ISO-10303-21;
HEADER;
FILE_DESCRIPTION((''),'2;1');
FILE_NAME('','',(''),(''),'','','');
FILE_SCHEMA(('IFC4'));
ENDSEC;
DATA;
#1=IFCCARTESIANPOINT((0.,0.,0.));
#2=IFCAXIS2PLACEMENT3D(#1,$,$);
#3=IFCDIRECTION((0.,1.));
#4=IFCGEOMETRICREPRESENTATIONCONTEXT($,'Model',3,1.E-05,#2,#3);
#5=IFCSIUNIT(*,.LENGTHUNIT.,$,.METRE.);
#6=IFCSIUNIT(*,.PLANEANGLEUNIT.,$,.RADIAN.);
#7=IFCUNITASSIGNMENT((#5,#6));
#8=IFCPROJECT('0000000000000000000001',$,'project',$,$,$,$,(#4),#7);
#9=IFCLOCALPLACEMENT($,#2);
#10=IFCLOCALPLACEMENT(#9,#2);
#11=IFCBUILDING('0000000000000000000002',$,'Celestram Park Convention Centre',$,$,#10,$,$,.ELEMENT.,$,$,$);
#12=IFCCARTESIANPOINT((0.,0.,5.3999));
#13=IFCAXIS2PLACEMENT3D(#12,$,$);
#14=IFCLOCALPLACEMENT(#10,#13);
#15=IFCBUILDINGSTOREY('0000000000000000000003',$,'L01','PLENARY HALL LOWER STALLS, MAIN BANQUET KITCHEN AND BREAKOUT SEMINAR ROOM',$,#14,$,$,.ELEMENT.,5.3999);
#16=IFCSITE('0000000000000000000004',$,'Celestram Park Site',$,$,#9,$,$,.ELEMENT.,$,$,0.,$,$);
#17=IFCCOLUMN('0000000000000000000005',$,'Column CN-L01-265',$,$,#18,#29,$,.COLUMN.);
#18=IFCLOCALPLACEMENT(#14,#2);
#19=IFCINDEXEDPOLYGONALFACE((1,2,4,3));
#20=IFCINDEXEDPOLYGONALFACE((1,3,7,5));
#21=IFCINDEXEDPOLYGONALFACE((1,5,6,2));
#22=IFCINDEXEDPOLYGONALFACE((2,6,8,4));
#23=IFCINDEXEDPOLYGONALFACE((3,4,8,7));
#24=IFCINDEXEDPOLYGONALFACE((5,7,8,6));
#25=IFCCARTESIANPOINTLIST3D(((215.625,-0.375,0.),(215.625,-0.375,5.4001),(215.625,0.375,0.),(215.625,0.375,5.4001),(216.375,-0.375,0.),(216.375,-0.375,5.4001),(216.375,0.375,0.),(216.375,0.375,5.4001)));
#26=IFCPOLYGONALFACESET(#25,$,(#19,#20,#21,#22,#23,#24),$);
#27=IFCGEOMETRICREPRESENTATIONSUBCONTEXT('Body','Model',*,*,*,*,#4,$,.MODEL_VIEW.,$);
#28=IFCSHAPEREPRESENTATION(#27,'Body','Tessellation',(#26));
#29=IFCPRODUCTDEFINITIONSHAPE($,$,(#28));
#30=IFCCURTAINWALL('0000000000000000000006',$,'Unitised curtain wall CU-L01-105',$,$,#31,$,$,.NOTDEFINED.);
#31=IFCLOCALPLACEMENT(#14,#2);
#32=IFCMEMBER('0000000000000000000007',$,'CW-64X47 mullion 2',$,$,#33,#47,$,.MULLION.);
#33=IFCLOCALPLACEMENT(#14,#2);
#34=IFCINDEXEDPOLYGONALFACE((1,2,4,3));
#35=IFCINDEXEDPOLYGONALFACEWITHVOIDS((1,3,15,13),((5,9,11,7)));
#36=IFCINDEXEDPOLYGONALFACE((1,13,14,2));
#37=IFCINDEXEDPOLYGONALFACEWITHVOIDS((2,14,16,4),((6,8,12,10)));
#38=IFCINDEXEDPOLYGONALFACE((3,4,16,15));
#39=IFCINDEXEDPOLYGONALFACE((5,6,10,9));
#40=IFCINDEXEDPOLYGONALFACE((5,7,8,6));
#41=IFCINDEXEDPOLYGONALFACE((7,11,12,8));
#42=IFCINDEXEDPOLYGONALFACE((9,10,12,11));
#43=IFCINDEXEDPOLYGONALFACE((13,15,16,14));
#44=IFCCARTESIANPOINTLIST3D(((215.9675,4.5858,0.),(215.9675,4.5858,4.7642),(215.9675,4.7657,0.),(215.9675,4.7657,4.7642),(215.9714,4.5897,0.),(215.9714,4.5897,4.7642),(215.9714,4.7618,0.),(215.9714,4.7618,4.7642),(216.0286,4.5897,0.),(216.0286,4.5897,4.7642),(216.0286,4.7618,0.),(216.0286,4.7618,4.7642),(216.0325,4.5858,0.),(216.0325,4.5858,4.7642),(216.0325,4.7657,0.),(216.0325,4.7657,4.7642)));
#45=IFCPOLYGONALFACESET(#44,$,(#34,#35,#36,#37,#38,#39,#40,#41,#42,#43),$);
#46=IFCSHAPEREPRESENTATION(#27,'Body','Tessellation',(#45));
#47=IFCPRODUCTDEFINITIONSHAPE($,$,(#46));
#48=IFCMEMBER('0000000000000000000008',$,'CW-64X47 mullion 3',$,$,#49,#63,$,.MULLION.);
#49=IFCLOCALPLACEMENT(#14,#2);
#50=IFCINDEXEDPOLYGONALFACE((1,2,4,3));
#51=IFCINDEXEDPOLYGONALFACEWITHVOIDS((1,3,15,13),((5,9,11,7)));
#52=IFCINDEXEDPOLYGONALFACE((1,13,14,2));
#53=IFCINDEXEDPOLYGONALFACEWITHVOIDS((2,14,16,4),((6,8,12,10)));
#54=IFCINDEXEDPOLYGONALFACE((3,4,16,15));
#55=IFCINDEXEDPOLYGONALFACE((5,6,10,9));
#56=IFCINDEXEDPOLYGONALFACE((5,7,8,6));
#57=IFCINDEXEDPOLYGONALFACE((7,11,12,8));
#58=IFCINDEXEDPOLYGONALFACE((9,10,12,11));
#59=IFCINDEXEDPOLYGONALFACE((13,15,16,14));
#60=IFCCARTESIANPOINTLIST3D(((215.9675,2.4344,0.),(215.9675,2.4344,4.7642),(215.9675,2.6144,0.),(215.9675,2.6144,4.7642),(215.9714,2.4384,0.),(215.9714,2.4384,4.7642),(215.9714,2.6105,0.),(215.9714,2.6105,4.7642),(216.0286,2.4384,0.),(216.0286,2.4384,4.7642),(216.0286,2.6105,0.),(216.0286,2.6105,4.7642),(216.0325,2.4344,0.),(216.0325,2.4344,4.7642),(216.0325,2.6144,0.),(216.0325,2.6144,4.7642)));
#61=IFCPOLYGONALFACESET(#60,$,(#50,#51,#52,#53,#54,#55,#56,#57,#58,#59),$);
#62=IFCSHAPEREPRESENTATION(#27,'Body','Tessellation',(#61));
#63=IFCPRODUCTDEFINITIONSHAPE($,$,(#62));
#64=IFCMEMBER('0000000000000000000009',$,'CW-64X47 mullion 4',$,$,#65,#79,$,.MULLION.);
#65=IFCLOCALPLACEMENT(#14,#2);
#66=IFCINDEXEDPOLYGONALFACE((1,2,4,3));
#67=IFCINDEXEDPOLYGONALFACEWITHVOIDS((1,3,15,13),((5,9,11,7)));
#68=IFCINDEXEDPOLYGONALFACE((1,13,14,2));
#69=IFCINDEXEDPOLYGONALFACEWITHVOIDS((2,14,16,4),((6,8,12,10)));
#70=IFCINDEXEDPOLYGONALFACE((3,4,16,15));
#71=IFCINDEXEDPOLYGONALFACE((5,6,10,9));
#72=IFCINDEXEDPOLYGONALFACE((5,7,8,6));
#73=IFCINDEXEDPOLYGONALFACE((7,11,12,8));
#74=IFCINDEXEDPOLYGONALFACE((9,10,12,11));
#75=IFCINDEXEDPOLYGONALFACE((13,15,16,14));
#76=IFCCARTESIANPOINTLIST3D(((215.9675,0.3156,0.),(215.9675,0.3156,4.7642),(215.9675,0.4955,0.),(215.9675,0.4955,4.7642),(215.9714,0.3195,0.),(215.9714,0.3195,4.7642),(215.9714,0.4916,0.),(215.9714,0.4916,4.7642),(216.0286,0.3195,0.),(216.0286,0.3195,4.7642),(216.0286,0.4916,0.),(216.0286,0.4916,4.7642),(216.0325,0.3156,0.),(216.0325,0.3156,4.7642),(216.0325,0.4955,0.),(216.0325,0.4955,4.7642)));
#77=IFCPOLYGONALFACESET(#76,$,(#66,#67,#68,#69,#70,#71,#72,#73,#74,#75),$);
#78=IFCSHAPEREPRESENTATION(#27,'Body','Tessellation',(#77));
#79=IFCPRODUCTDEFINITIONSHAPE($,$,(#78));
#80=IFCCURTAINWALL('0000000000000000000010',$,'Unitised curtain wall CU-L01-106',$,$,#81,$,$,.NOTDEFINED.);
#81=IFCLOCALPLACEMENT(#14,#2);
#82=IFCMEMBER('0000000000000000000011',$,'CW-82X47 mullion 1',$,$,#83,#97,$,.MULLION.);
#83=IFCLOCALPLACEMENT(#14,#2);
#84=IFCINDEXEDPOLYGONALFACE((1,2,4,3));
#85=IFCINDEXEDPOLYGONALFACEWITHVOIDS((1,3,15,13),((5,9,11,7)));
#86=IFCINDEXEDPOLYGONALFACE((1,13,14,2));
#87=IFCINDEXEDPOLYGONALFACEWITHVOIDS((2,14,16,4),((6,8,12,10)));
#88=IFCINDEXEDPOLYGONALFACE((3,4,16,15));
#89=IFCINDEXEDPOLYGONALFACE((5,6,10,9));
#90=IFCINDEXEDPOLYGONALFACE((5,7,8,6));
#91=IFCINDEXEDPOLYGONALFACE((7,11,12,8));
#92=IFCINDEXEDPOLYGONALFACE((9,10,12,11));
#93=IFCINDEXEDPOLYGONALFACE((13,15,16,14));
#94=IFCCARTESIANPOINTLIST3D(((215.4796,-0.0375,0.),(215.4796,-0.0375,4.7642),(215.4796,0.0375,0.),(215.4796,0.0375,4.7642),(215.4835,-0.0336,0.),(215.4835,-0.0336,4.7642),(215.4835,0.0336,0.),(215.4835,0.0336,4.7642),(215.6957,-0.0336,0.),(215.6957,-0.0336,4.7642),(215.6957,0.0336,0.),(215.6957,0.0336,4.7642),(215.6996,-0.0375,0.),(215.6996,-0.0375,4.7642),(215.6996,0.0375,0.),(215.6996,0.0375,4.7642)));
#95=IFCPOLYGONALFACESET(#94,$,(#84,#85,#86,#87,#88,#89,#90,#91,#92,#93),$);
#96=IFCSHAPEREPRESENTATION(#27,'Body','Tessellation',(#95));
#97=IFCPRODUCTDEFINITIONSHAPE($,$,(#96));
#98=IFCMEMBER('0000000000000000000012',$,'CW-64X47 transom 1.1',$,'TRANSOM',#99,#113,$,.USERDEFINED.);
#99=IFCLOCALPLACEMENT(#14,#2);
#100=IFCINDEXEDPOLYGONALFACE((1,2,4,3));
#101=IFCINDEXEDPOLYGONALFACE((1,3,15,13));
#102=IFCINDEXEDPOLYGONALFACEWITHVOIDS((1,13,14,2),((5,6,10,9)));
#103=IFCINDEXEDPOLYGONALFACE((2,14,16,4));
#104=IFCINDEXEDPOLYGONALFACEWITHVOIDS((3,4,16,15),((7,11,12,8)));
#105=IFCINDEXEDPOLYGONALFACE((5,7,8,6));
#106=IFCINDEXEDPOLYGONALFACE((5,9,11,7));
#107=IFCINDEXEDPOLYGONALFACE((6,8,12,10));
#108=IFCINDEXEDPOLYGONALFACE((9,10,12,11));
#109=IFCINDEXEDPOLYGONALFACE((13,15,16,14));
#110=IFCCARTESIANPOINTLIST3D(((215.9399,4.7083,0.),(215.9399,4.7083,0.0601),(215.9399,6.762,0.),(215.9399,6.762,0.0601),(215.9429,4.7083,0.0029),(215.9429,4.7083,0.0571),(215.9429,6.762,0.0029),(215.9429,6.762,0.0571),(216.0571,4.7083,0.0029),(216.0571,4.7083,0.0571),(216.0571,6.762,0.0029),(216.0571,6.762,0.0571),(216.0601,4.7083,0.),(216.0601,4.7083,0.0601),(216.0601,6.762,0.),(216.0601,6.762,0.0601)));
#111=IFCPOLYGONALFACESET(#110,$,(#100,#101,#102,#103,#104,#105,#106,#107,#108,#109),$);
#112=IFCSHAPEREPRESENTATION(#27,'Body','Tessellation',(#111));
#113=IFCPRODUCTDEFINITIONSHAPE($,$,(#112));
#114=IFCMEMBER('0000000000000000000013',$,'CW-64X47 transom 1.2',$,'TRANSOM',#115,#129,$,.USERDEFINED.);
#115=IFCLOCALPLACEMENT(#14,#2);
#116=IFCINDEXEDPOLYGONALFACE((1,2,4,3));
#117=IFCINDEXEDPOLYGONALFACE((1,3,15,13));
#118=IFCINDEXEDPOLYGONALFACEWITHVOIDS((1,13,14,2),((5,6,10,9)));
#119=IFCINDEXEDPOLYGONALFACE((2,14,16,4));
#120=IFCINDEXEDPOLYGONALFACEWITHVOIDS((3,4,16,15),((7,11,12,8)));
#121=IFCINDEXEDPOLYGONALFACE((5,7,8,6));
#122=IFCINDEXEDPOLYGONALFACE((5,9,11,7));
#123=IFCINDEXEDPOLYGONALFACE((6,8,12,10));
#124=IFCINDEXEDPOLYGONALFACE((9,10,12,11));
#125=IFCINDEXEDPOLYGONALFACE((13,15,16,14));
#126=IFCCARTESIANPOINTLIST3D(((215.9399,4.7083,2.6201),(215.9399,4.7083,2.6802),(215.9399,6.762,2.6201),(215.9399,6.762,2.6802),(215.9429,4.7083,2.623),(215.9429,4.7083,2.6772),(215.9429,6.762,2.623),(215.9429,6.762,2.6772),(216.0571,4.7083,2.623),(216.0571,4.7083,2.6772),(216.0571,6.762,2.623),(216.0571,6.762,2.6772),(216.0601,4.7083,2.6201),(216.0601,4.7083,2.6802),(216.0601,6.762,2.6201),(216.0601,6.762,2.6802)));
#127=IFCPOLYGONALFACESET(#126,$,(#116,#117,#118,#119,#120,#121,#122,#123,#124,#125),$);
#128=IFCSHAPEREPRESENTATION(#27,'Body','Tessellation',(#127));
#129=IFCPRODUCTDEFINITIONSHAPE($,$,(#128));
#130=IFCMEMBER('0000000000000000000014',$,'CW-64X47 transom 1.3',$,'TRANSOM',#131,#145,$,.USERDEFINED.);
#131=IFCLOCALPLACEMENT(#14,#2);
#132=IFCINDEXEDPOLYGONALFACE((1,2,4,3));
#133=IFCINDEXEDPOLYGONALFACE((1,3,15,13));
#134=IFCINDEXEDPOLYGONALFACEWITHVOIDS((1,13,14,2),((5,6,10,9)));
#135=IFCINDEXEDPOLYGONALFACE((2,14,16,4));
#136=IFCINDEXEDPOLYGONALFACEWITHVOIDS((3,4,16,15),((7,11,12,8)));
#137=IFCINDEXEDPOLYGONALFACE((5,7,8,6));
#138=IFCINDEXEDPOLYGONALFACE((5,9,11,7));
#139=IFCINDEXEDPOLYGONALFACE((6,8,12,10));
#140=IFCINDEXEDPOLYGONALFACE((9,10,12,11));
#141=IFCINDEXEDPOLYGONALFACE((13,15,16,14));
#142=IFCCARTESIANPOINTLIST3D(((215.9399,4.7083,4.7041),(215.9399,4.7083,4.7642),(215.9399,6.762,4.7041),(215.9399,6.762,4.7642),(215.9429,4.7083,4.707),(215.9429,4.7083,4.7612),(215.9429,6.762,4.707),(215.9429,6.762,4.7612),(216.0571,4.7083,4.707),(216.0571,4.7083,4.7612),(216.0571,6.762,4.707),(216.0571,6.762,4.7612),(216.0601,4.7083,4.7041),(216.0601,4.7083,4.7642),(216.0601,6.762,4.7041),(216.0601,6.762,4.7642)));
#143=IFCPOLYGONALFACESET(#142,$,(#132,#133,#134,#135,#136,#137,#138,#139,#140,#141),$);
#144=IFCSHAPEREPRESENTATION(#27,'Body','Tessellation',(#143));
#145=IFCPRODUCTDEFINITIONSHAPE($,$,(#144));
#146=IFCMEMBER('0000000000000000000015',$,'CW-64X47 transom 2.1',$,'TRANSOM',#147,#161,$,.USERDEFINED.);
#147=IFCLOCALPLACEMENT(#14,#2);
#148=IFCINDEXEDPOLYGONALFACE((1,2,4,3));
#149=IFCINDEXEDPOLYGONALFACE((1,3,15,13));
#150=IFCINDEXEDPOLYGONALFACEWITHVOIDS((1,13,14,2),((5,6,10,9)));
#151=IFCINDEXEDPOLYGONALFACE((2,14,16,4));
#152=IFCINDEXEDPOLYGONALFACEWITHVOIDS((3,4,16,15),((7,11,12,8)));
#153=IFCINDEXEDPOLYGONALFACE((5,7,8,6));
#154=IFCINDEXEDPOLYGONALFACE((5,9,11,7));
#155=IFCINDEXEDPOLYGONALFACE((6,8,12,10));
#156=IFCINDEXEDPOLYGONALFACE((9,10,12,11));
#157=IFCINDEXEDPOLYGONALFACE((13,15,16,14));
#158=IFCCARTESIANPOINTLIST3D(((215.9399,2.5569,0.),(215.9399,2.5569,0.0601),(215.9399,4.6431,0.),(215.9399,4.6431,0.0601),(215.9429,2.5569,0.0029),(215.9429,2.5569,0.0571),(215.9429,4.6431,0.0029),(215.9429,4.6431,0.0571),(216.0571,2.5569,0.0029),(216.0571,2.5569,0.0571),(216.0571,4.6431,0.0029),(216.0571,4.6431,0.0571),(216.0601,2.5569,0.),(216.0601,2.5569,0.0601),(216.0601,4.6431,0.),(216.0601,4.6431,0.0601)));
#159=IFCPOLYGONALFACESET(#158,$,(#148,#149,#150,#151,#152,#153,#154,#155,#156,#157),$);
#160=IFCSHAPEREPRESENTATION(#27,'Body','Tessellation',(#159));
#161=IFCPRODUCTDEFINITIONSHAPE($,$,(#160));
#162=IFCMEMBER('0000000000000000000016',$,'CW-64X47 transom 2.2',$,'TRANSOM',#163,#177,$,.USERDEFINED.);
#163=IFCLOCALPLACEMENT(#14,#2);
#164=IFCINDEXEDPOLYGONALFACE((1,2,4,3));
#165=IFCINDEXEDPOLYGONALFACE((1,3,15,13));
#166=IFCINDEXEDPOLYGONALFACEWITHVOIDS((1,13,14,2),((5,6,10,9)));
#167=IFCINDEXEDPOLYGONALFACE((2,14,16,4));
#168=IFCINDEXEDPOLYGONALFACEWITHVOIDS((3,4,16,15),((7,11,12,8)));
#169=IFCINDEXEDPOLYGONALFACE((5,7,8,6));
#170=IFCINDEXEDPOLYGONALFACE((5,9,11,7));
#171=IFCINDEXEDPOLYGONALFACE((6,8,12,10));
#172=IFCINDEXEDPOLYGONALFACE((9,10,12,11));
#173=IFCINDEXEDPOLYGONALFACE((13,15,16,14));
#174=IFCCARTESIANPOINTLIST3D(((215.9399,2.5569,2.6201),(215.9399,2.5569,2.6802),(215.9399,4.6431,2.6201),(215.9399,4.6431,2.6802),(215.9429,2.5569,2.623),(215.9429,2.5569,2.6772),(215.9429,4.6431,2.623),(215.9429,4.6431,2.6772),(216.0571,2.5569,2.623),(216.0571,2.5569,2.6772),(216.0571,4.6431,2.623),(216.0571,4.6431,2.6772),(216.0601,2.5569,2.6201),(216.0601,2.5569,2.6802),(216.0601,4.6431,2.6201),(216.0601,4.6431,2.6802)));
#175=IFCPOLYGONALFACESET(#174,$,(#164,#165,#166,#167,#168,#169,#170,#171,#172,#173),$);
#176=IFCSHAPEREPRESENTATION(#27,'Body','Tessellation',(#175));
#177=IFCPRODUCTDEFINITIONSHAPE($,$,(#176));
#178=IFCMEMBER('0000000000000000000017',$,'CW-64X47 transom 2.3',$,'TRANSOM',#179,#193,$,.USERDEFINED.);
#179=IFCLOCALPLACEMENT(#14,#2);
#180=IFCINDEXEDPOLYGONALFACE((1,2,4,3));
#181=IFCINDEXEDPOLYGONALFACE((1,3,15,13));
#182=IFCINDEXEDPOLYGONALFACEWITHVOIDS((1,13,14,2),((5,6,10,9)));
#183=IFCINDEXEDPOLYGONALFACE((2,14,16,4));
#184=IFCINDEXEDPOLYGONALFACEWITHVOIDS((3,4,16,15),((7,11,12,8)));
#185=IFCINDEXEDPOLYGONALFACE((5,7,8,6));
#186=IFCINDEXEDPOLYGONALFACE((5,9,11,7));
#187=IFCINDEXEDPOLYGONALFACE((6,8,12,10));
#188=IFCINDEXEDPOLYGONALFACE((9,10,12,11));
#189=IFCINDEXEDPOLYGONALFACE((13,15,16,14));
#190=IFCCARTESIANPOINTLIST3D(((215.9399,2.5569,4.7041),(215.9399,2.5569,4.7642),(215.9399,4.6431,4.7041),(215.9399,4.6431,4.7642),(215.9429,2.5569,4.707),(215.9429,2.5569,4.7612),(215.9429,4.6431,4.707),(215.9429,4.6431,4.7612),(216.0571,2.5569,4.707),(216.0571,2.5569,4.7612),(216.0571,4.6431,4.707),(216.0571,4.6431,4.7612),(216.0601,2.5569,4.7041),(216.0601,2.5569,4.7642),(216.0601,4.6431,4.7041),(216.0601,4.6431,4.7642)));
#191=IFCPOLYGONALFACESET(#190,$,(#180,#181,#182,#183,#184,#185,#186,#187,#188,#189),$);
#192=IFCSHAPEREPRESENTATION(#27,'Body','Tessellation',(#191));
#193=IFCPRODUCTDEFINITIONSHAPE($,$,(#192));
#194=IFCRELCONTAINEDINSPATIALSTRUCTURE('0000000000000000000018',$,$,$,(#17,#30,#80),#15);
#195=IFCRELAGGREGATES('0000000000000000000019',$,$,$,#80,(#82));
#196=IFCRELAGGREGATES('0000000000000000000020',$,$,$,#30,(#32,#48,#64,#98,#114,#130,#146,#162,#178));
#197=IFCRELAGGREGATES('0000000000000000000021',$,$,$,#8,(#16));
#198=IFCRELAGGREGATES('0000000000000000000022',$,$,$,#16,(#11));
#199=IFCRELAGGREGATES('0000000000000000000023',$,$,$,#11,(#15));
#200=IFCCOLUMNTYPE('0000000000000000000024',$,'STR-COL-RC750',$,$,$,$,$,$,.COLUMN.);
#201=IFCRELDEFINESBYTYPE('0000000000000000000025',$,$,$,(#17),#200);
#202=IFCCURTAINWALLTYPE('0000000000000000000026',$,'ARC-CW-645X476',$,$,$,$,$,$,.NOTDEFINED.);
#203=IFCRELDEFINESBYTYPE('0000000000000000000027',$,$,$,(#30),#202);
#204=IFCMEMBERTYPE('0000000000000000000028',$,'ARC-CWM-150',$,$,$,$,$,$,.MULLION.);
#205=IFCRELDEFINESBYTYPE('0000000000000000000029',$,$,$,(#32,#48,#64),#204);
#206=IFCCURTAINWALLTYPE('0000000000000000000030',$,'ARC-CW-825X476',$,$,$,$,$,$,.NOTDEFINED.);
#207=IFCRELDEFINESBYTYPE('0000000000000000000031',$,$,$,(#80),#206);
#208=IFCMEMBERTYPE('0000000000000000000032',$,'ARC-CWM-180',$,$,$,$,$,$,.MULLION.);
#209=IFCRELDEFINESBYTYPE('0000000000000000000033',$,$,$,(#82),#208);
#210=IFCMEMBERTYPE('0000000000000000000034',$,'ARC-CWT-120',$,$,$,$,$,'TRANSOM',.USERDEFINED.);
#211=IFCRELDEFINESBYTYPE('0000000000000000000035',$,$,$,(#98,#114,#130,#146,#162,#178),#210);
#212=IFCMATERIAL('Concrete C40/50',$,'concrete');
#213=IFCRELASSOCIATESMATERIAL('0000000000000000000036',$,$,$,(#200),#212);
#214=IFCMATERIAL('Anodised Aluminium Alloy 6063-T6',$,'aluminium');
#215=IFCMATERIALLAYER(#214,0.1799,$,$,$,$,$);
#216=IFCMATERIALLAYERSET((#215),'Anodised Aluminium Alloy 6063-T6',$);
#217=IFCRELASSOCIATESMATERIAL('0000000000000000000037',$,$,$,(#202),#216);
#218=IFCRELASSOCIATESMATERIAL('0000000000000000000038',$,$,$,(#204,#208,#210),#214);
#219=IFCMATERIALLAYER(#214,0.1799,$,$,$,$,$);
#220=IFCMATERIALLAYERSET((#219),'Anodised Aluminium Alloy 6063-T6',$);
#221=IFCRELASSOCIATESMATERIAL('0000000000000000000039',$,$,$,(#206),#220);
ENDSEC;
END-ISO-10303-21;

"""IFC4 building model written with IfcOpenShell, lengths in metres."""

from ifc_helpers import new_model, si_unit, direction, frame, origin, origin_2d, place, context, subcontext, project, spatial, rectangle, hollow_rectangle, extrude, material, layer, layer_set, material_profile, profile_set, type_object, element, aggregate, save


model = new_model("IFC4")

# Units and contexts
model_context = context("Model", 3, precision=1e-05, world=origin(), true_north=direction((0.0, 1.0)))
body_context = subcontext(model_context, "Body", "Model", "MODEL_VIEW")
ifc_project = project(units=[si_unit("LENGTHUNIT", "METRE"), si_unit("PLANEANGLEUNIT", "RADIAN")], contexts=[model_context])

# Site, building, storey
site_placement = place(None, origin())
site = spatial("IfcSite", under=ifc_project, at=site_placement, Name="Celestram Park Site", CompositionType="ELEMENT", RefElevation=0.0)
building_placement = place(site_placement, origin())
building = spatial("IfcBuilding", under=site, at=building_placement, Name="Celestram Park Convention Centre", CompositionType="ELEMENT")
storey_placement = place(building_placement, frame((0.0, 0.0, 5.3999)))
storey = spatial("IfcBuildingStorey", under=building, at=storey_placement, Name="L01", Description="PLENARY HALL LOWER STALLS, MAIN BANQUET KITCHEN AND BREAKOUT SEMINAR ROOM", CompositionType="ELEMENT", Elevation=5.3999)

# Column
ifc_material_1 = material(Name="Concrete C40/50", Category="concrete")
ifc_material_profile_1 = material_profile(ifc_material_1, rectangle(XDim=0.75, YDim=0.75, at=origin_2d()), Name="RC750X750")
ifc_profile_set_1 = profile_set([ifc_material_profile_1], Name="Concrete C40/50")
column_type = type_object("IfcColumnType", Name="STR-COL-RC750", PredefinedType="COLUMN", material=ifc_profile_set_1)
column_placement = place(storey_placement, frame((216.0, 0.0, 0.0), z_axis=(0.0, 0.0, 1.0), x_axis=(1.0, 0.0, 0.0)))
element("IfcColumn", 1, at=column_placement, inside=storey, type_object=column_type, Name="Column CN-L01-265", PredefinedType="COLUMN", context=body_context, shape_type="SweptSolid", body=[
    extrude(rectangle(XDim=0.75, YDim=0.75, at=origin_2d()), origin(), (0.0, 0.0, 1.0), 5.4001),
])

# Curtain wall, members
ifc_material_2 = material(Name="Anodised Aluminium Alloy 6063-T6", Category="aluminium")
ifc_layer_1 = layer(ifc_material_2, 0.1799)
ifc_layer_set_1 = layer_set([ifc_layer_1], Name="Anodised Aluminium Alloy 6063-T6")
curtain_wall_type_1 = type_object("IfcCurtainWallType", Name="ARC-CW-645X476", PredefinedType="NOTDEFINED", material=ifc_layer_set_1)
curtain_wall_1_placement = place(storey_placement, origin())
curtain_wall_1 = element("IfcCurtainWall", 2, at=curtain_wall_1_placement, inside=storey, type_object=curtain_wall_type_1, Name="Unitised curtain wall CU-L01-105", PredefinedType="NOTDEFINED")
ifc_material_profile_2 = material_profile(ifc_material_2, hollow_rectangle(XDim=0.0649, YDim=0.1799, WallThickness=0.0039, at=origin_2d()), Name="ALU65X180X4")
ifc_profile_set_2 = profile_set([ifc_material_profile_2], Name="Anodised Aluminium Alloy 6063-T6")
member_type_1 = type_object("IfcMemberType", Name="ARC-CWM-150", PredefinedType="MULLION", material=ifc_profile_set_2)
member_1_placement = place(storey_placement, frame((216.0, 4.6758, 0.0), z_axis=(0.0, 0.0, 1.0), x_axis=(1.0, 0.0, 0.0)))
member_1 = element("IfcMember", 3, at=member_1_placement, type_object=member_type_1, Name="CW-64X47 mullion 2", PredefinedType="MULLION", context=body_context, shape_type="SweptSolid", body=[
    extrude(hollow_rectangle(XDim=0.0649, YDim=0.1799, WallThickness=0.0039, at=origin_2d()), origin(), (0.0, 0.0, 1.0), 4.7642),
])
member_2_placement = place(storey_placement, frame((216.0, 2.5244, 0.0), z_axis=(0.0, 0.0, 1.0), x_axis=(1.0, 0.0, 0.0)))
member_2 = element("IfcMember", 4, at=member_2_placement, type_object=member_type_1, Name="CW-64X47 mullion 3", PredefinedType="MULLION", context=body_context, shape_type="SweptSolid", body=[
    extrude(hollow_rectangle(XDim=0.0649, YDim=0.1799, WallThickness=0.0039, at=origin_2d()), origin(), (0.0, 0.0, 1.0), 4.7642),
])
member_3_placement = place(storey_placement, frame((216.0, 0.4055, 0.0), z_axis=(0.0, 0.0, 1.0), x_axis=(1.0, 0.0, 0.0)))
member_3 = element("IfcMember", 5, at=member_3_placement, type_object=member_type_1, Name="CW-64X47 mullion 4", PredefinedType="MULLION", context=body_context, shape_type="SweptSolid", body=[
    extrude(hollow_rectangle(XDim=0.0649, YDim=0.1799, WallThickness=0.0039, at=origin_2d()), origin(), (0.0, 0.0, 1.0), 4.7642),
])

# Curtain wall, member
ifc_layer_2 = layer(ifc_material_2, 0.1799)
ifc_layer_set_2 = layer_set([ifc_layer_2], Name="Anodised Aluminium Alloy 6063-T6")
curtain_wall_type_2 = type_object("IfcCurtainWallType", Name="ARC-CW-825X476", PredefinedType="NOTDEFINED", material=ifc_layer_set_2)
curtain_wall_2_placement = place(storey_placement, origin())
curtain_wall_2 = element("IfcCurtainWall", 6, at=curtain_wall_2_placement, inside=storey, type_object=curtain_wall_type_2, Name="Unitised curtain wall CU-L01-106", PredefinedType="NOTDEFINED")
ifc_material_profile_3 = material_profile(ifc_material_2, hollow_rectangle(XDim=0.075, YDim=0.22, WallThickness=0.0039, at=origin_2d()), Name="ALU75X220X4")
ifc_profile_set_3 = profile_set([ifc_material_profile_3], Name="Anodised Aluminium Alloy 6063-T6")
member_type_2 = type_object("IfcMemberType", Name="ARC-CWM-180", PredefinedType="MULLION", material=ifc_profile_set_3)
member_4_placement = place(storey_placement, frame((215.5896, 0.0, 0.0), z_axis=(0.0, 0.0, 1.0), x_axis=(0.0, -1.0, 0.0)))
member_4 = element("IfcMember", 7, at=member_4_placement, type_object=member_type_2, Name="CW-82X47 mullion 1", PredefinedType="MULLION", context=body_context, shape_type="SweptSolid", body=[
    extrude(hollow_rectangle(XDim=0.075, YDim=0.22, WallThickness=0.0039, at=origin_2d()), origin(), (0.0, 0.0, 1.0), 4.7642),
])

# Members
ifc_material_profile_4 = material_profile(ifc_material_2, hollow_rectangle(XDim=0.1201, YDim=0.0601, WallThickness=0.0029, at=origin_2d()), Name="ALU120X60X3")
ifc_profile_set_4 = profile_set([ifc_material_profile_4], Name="Anodised Aluminium Alloy 6063-T6")
member_type_3 = type_object("IfcMemberType", Name="ARC-CWT-120", ElementType="TRANSOM", PredefinedType="USERDEFINED", material=ifc_profile_set_4)
member_5_placement = place(storey_placement, frame((216.0, 6.762, 0.03), z_axis=(0.0, -1.0, 0.0), x_axis=(1.0, 0.0, 0.0)))
member_5 = element("IfcMember", 8, at=member_5_placement, type_object=member_type_3, Name="CW-64X47 transom 1.1", ObjectType="TRANSOM", PredefinedType="USERDEFINED", context=body_context, shape_type="SweptSolid", body=[
    extrude(hollow_rectangle(XDim=0.1201, YDim=0.0601, WallThickness=0.0029, at=origin_2d()), origin(), (0.0, 0.0, 1.0), 2.0537),
])
member_6_placement = place(storey_placement, frame((216.0, 6.762, 2.6501), z_axis=(0.0, -1.0, 0.0), x_axis=(1.0, 0.0, 0.0)))
member_6 = element("IfcMember", 9, at=member_6_placement, type_object=member_type_3, Name="CW-64X47 transom 1.2", ObjectType="TRANSOM", PredefinedType="USERDEFINED", context=body_context, shape_type="SweptSolid", body=[
    extrude(hollow_rectangle(XDim=0.1201, YDim=0.0601, WallThickness=0.0029, at=origin_2d()), origin(), (0.0, 0.0, 1.0), 2.0537),
])
member_7_placement = place(storey_placement, frame((216.0, 6.762, 4.7341), z_axis=(0.0, -1.0, 0.0), x_axis=(1.0, 0.0, 0.0)))
member_7 = element("IfcMember", 10, at=member_7_placement, type_object=member_type_3, Name="CW-64X47 transom 1.3", ObjectType="TRANSOM", PredefinedType="USERDEFINED", context=body_context, shape_type="SweptSolid", body=[
    extrude(hollow_rectangle(XDim=0.1201, YDim=0.0601, WallThickness=0.0029, at=origin_2d()), origin(), (0.0, 0.0, 1.0), 2.0537),
])
member_8_placement = place(storey_placement, frame((216.0, 4.6431, 0.03), z_axis=(0.0, -1.0, 0.0), x_axis=(1.0, 0.0, 0.0)))
member_8 = element("IfcMember", 11, at=member_8_placement, type_object=member_type_3, Name="CW-64X47 transom 2.1", ObjectType="TRANSOM", PredefinedType="USERDEFINED", context=body_context, shape_type="SweptSolid", body=[
    extrude(hollow_rectangle(XDim=0.1201, YDim=0.0601, WallThickness=0.0029, at=origin_2d()), origin(), (0.0, 0.0, 1.0), 2.0862),
])
member_9_placement = place(storey_placement, frame((216.0, 4.6431, 2.6501), z_axis=(0.0, -1.0, 0.0), x_axis=(1.0, 0.0, 0.0)))
member_9 = element("IfcMember", 12, at=member_9_placement, type_object=member_type_3, Name="CW-64X47 transom 2.2", ObjectType="TRANSOM", PredefinedType="USERDEFINED", context=body_context, shape_type="SweptSolid", body=[
    extrude(hollow_rectangle(XDim=0.1201, YDim=0.0601, WallThickness=0.0029, at=origin_2d()), origin(), (0.0, 0.0, 1.0), 2.0862),
])
member_10_placement = place(storey_placement, frame((216.0, 4.6431, 4.7341), z_axis=(0.0, -1.0, 0.0), x_axis=(1.0, 0.0, 0.0)))
member_10 = element("IfcMember", 13, at=member_10_placement, type_object=member_type_3, Name="CW-64X47 transom 2.3", ObjectType="TRANSOM", PredefinedType="USERDEFINED", context=body_context, shape_type="SweptSolid", body=[
    extrude(hollow_rectangle(XDim=0.1201, YDim=0.0601, WallThickness=0.0029, at=origin_2d()), origin(), (0.0, 0.0, 1.0), 2.0862),
])
aggregate(curtain_wall_2, [member_4])

aggregate(curtain_wall_1, [member_1, member_2, member_3, member_5, member_6, member_7, member_8, member_9, member_10])

save(model, "model.ifc")
